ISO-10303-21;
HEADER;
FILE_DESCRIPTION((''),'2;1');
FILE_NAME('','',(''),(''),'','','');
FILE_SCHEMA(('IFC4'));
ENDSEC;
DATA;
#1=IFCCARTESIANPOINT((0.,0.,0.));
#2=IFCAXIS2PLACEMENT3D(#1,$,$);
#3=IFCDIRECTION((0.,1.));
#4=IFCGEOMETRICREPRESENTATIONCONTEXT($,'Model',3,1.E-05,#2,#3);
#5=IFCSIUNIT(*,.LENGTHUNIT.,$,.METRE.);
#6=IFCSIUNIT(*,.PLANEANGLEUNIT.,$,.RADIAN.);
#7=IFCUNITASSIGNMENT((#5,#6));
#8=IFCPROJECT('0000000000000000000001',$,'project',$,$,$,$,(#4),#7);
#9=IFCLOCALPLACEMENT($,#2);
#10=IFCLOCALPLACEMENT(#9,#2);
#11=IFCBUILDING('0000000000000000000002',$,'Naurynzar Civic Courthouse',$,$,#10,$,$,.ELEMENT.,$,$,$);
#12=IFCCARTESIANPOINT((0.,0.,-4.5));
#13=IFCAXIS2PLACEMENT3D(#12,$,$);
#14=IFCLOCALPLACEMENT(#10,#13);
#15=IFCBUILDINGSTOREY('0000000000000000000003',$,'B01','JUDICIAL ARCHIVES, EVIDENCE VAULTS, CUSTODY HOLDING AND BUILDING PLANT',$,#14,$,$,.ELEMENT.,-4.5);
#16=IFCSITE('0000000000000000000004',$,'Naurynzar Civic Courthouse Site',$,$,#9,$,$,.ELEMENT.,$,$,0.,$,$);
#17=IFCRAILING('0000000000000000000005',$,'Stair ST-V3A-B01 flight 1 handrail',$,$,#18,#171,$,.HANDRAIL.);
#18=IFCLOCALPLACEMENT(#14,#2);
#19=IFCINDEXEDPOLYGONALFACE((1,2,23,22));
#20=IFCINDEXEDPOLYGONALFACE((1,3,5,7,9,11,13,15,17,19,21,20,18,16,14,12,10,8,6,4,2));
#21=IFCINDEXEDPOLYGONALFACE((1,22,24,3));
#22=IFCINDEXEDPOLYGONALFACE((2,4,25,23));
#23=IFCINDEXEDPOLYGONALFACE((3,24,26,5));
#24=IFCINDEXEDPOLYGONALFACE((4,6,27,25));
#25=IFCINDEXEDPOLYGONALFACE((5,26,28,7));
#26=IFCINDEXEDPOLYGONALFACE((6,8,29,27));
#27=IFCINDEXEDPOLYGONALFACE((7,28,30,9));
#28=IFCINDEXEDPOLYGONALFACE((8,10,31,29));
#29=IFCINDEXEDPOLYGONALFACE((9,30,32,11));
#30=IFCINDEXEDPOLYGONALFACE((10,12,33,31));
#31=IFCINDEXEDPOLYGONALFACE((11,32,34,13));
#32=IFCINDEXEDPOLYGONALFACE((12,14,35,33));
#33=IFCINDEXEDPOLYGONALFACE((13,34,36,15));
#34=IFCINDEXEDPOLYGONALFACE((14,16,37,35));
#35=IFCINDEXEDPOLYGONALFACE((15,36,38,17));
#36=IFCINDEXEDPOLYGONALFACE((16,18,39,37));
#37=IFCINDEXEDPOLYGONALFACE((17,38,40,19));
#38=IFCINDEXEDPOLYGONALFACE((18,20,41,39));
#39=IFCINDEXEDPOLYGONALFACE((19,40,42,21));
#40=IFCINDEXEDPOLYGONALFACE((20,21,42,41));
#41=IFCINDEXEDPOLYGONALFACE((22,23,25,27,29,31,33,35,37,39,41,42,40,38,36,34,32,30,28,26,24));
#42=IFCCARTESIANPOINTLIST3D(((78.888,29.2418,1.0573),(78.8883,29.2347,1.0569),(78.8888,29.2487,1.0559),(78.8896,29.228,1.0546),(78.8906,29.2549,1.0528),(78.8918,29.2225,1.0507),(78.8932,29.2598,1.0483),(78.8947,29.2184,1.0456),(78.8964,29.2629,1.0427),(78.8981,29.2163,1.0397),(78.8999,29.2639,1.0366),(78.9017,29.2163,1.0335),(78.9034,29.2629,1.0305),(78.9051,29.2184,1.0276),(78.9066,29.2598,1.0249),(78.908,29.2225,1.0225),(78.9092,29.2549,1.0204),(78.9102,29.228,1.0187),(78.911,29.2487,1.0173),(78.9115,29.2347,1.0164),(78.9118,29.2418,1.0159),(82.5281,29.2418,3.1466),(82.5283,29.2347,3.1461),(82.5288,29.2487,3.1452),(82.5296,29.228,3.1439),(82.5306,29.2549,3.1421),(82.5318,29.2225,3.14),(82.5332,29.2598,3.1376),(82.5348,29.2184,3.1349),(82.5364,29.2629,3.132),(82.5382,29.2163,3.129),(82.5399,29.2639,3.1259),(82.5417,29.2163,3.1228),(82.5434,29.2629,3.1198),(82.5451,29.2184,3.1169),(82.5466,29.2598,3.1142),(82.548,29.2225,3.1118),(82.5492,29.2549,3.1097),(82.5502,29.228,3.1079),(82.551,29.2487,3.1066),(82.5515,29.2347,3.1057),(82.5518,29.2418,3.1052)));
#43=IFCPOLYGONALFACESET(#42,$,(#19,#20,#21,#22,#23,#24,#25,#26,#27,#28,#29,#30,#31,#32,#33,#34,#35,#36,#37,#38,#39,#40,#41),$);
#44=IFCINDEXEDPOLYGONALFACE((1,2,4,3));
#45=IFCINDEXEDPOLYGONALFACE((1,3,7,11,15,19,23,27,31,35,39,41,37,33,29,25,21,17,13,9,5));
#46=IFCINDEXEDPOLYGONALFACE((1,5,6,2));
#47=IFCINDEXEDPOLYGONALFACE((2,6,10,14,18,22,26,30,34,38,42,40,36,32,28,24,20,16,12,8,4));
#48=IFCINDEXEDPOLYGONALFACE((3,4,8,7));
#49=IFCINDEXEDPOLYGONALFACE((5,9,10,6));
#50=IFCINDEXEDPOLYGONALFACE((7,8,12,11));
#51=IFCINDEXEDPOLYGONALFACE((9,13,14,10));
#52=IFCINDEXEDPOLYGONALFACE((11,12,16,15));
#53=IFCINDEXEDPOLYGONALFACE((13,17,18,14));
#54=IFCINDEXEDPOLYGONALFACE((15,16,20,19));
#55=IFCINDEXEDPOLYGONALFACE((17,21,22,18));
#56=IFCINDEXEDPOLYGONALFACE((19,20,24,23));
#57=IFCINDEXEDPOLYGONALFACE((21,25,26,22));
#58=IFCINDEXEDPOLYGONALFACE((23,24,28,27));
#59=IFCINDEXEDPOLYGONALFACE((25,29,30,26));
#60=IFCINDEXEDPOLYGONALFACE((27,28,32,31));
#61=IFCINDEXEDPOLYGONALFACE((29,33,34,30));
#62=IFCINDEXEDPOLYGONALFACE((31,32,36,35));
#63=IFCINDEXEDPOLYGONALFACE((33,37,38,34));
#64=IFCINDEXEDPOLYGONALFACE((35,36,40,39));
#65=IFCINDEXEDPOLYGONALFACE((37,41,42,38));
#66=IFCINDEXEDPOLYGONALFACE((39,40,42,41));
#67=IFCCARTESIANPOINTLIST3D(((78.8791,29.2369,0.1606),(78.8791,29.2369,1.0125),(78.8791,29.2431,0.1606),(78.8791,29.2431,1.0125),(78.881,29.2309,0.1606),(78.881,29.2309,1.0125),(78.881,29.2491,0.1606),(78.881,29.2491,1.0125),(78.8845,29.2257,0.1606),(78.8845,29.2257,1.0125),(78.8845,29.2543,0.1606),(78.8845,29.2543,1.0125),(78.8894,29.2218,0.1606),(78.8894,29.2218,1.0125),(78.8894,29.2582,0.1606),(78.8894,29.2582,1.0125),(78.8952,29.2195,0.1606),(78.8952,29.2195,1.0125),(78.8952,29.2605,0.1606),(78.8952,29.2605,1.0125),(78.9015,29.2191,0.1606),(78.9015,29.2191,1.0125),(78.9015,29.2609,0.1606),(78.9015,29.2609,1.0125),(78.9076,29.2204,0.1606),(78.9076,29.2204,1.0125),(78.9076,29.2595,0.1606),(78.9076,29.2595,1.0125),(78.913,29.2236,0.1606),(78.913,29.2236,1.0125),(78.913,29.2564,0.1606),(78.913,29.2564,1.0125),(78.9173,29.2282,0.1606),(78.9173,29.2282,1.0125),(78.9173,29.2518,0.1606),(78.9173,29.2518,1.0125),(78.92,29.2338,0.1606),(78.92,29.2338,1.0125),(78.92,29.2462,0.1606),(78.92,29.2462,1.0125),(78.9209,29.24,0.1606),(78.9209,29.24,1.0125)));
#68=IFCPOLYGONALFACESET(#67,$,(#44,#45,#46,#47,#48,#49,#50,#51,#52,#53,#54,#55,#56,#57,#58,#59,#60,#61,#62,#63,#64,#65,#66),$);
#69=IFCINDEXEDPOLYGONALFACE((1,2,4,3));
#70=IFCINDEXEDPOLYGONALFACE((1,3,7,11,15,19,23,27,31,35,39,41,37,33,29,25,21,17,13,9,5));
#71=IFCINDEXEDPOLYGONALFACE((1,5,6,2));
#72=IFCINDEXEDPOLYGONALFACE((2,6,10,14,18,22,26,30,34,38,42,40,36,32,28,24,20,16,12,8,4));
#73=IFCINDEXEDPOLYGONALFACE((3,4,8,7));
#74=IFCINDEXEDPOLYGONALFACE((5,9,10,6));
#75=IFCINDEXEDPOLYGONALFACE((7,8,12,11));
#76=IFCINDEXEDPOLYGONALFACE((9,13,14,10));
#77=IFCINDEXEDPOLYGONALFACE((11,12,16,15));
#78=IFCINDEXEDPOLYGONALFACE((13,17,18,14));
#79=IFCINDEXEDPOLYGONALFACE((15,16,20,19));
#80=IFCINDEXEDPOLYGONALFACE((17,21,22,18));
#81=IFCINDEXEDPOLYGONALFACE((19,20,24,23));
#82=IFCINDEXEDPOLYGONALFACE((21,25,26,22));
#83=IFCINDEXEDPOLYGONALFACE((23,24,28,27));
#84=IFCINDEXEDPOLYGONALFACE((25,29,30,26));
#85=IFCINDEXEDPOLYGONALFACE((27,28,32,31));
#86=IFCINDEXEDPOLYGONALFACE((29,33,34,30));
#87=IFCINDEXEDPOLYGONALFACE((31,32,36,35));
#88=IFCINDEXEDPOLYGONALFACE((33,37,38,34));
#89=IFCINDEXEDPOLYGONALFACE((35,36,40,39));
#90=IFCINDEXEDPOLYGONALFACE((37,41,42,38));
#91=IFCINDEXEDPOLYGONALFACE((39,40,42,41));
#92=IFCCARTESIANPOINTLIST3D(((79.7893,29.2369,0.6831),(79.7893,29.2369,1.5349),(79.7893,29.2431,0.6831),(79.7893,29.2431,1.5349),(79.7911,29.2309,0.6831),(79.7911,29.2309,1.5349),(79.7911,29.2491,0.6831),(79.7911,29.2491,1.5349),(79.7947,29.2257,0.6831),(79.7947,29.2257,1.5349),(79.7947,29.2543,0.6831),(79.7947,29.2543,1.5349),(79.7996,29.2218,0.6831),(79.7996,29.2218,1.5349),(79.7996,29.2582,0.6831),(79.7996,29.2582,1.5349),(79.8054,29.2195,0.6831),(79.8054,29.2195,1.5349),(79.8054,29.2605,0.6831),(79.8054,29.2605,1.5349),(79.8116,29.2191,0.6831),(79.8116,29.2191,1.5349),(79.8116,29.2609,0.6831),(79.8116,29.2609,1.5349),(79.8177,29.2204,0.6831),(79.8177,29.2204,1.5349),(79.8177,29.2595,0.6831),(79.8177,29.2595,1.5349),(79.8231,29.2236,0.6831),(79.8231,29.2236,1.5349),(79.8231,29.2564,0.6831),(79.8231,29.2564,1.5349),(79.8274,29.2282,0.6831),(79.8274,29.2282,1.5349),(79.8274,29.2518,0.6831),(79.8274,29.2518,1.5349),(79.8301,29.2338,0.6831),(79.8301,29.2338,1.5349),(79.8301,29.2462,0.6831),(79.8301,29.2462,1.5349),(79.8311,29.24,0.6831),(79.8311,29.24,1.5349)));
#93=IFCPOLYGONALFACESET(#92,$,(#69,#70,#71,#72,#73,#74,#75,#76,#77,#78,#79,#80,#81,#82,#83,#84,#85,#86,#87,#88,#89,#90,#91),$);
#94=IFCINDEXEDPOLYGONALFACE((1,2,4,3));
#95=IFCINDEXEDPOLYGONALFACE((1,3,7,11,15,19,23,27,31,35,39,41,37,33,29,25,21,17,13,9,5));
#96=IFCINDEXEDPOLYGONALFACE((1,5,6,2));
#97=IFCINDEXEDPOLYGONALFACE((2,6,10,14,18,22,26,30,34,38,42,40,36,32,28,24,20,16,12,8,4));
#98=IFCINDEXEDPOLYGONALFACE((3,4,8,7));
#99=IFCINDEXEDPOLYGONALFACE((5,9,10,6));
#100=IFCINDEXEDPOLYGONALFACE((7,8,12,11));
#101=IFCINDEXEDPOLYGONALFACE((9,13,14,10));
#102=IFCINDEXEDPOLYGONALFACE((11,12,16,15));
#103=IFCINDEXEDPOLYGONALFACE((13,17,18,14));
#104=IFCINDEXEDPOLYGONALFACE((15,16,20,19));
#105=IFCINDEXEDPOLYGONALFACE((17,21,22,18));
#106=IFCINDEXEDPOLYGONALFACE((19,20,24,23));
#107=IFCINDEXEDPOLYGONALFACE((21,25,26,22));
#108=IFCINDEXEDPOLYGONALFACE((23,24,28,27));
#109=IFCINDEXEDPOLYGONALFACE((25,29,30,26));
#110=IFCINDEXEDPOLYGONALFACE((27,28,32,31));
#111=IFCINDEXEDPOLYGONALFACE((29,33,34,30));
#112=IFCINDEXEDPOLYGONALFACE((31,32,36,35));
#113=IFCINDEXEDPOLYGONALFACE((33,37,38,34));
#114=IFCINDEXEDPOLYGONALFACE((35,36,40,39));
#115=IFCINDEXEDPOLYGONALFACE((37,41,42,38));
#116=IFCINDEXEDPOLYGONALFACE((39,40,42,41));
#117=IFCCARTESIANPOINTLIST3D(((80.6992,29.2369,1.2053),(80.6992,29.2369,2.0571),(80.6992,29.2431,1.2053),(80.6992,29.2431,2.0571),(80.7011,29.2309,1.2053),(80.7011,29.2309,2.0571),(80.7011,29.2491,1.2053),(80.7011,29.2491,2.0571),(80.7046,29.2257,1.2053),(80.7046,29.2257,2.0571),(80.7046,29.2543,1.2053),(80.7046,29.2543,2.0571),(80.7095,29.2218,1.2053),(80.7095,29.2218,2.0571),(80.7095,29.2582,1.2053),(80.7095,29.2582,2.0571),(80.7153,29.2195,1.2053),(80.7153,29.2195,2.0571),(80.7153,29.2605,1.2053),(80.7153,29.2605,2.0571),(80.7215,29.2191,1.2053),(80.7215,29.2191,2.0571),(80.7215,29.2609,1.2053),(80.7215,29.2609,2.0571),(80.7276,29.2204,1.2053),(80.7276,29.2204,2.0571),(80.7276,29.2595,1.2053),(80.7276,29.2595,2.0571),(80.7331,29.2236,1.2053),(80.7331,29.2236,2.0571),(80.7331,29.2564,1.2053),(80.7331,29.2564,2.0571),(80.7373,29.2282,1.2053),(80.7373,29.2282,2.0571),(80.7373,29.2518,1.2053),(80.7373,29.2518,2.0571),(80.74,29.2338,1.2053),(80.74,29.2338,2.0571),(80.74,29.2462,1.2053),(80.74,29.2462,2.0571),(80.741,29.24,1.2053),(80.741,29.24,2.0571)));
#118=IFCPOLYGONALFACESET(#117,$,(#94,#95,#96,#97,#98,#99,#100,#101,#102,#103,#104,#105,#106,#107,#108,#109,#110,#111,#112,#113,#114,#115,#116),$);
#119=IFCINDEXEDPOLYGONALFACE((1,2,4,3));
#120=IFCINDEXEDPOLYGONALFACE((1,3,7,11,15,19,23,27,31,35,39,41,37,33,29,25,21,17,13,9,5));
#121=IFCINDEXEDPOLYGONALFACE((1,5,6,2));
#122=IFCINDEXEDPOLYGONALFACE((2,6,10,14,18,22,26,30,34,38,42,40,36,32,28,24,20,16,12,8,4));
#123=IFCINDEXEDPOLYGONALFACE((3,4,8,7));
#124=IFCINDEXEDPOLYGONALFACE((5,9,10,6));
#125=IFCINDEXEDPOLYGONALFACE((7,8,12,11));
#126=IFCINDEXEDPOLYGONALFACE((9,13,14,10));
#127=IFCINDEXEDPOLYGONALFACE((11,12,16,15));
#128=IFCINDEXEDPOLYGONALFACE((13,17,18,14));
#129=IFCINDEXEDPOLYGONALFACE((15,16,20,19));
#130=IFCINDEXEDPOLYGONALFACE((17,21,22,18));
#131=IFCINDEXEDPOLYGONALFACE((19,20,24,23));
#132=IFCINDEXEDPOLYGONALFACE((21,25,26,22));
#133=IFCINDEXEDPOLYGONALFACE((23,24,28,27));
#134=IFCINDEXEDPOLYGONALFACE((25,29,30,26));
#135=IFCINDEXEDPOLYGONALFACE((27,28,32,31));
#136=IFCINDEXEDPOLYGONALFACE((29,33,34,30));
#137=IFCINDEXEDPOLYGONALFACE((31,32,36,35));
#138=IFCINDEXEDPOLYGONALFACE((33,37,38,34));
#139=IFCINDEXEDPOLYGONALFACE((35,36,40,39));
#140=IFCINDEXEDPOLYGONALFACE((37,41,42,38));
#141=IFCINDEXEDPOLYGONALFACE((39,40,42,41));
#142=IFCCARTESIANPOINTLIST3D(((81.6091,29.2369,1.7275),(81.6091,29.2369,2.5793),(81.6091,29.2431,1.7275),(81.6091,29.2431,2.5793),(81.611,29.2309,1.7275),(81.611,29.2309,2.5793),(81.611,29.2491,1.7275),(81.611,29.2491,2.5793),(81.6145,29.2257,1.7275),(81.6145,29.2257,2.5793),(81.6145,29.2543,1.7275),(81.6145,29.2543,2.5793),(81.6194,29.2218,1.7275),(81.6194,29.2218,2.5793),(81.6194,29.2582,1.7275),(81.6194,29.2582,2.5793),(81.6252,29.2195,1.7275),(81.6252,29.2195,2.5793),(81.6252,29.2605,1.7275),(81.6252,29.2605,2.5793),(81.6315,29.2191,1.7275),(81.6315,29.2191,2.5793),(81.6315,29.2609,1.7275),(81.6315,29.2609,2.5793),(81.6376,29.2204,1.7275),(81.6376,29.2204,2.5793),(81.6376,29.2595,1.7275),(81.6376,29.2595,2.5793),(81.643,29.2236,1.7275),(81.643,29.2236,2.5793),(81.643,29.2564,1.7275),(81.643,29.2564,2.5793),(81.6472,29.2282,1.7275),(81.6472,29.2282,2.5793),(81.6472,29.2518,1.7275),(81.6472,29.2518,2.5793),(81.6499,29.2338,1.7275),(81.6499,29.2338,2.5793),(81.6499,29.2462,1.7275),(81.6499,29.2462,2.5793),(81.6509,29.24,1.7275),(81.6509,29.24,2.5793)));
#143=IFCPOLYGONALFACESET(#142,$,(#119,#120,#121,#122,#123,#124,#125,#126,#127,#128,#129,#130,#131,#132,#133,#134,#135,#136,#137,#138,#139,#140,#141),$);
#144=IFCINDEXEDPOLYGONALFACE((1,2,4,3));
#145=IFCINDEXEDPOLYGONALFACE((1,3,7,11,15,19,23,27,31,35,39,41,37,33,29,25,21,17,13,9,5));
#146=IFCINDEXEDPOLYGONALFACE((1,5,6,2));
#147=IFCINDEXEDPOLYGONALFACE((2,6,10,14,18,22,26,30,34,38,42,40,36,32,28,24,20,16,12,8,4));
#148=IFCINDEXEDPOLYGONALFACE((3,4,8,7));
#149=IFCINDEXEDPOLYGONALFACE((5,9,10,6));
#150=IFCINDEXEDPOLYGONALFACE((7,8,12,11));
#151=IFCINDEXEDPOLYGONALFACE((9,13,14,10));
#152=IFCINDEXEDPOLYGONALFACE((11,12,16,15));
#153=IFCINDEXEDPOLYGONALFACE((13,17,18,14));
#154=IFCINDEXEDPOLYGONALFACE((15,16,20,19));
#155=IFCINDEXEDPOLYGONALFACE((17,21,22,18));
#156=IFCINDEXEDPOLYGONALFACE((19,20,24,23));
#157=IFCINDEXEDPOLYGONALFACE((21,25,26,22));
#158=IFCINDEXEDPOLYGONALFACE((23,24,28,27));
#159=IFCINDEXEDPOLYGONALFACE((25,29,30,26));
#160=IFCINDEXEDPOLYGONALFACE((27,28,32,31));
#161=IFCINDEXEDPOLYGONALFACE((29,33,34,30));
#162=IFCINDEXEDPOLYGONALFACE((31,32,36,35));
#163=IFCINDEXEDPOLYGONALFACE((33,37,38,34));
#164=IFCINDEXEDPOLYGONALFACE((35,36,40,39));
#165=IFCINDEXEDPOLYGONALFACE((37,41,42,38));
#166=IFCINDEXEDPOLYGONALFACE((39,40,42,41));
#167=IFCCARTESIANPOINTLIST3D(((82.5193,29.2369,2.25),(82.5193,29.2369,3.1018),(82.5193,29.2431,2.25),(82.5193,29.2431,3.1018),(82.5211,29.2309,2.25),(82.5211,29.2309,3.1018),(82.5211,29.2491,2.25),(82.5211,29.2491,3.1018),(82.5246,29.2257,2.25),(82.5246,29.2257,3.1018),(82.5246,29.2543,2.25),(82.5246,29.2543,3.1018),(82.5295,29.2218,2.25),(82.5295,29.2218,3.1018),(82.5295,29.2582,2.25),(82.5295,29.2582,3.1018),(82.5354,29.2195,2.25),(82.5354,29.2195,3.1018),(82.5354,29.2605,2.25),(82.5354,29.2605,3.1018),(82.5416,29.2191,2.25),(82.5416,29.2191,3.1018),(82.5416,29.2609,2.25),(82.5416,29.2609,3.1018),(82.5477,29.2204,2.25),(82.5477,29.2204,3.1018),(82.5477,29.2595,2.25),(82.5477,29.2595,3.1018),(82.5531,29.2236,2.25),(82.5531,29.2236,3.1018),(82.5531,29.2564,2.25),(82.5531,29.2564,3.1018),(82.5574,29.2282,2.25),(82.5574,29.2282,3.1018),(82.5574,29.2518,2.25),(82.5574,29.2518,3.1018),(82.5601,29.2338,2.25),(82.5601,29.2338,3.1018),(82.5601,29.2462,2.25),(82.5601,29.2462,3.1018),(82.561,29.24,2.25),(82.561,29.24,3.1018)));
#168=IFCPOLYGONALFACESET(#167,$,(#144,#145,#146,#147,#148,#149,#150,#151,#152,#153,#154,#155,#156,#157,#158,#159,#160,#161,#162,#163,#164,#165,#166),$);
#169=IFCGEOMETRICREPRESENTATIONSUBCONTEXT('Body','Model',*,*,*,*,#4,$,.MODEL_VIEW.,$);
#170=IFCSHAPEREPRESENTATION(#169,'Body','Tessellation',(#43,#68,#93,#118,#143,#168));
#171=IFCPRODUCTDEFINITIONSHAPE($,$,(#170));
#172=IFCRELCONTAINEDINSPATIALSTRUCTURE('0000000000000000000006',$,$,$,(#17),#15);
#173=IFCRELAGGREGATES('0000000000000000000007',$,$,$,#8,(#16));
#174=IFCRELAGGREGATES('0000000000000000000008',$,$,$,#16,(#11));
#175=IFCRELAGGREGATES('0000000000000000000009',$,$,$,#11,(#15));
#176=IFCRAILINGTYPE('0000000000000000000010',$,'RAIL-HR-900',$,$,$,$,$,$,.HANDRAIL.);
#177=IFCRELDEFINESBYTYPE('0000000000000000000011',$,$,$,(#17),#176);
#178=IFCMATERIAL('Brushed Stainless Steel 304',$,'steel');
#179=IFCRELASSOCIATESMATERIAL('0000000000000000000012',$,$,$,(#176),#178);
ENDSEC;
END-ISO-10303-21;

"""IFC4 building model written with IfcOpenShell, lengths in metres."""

from ifc_helpers import new_model, si_unit, direction, frame, origin, origin_2d, place, context, subcontext, project, spatial, circle, extrude, material, type_object, element, save


model = new_model("IFC4")

# Units and contexts
model_context = context("Model", 3, precision=1e-05, world=origin(), true_north=direction((0.0, 1.0)))
body_context = subcontext(model_context, "Body", "Model", "MODEL_VIEW")
ifc_project = project(units=[si_unit("LENGTHUNIT", "METRE"), si_unit("PLANEANGLEUNIT", "RADIAN")], contexts=[model_context])

# Site, building, storey
site_placement = place(None, origin())
site = spatial("IfcSite", under=ifc_project, at=site_placement, Name="Naurynzar Civic Courthouse Site", CompositionType="ELEMENT", RefElevation=0.0)
building_placement = place(site_placement, origin())
building = spatial("IfcBuilding", under=site, at=building_placement, Name="Naurynzar Civic Courthouse", CompositionType="ELEMENT")
storey_placement = place(building_placement, frame((0.0, 0.0, -4.5)))
storey = spatial("IfcBuildingStorey", under=building, at=storey_placement, Name="B01", Description="JUDICIAL ARCHIVES, EVIDENCE VAULTS, CUSTODY HOLDING AND BUILDING PLANT", CompositionType="ELEMENT", Elevation=-4.5)

# Railing
ifc_material_1 = material(Name="Brushed Stainless Steel 304", Category="steel")
railing_type_1 = type_object("IfcRailingType", Name="RAIL-HR-900", PredefinedType="HANDRAIL", material=ifc_material_1)
railing_1_placement = place(storey_placement, frame((78.8999, 29.24, 0.1606)))
element("IfcRailing", 1, at=railing_1_placement, inside=storey, type_object=railing_type_1, Name="Stair ST-V3A-B01 flight 1 handrail", PredefinedType="HANDRAIL", context=body_context, shape_type="SweptSolid", body=[
    extrude(circle(Radius=0.0239, at=origin_2d()), frame((0.0, 0.0, 0.876), z_axis=(0.867289, 0.0, 0.497804), x_axis=(0.0, 1.0, 0.0)), (0.0, 0.0, 1.0), 4.197),
    extrude(circle(Radius=0.021, at=origin_2d()), origin(), (0.0, 0.0, 1.0), 0.8518),
    extrude(circle(Radius=0.021, at=origin_2d()), frame((0.9102, 0.0, 0.5225)), (0.0, 0.0, 1.0), 0.8518),
    extrude(circle(Radius=0.021, at=origin_2d()), frame((1.8201, 0.0, 1.0447)), (0.0, 0.0, 1.0), 0.8518),
    extrude(circle(Radius=0.021, at=origin_2d()), frame((2.73, 0.0, 1.5669)), (0.0, 0.0, 1.0), 0.8518),
    extrude(circle(Radius=0.021, at=origin_2d()), frame((3.6401, 0.0, 2.0894)), (0.0, 0.0, 1.0), 0.8518),
])

save(model, "model.ifc")
